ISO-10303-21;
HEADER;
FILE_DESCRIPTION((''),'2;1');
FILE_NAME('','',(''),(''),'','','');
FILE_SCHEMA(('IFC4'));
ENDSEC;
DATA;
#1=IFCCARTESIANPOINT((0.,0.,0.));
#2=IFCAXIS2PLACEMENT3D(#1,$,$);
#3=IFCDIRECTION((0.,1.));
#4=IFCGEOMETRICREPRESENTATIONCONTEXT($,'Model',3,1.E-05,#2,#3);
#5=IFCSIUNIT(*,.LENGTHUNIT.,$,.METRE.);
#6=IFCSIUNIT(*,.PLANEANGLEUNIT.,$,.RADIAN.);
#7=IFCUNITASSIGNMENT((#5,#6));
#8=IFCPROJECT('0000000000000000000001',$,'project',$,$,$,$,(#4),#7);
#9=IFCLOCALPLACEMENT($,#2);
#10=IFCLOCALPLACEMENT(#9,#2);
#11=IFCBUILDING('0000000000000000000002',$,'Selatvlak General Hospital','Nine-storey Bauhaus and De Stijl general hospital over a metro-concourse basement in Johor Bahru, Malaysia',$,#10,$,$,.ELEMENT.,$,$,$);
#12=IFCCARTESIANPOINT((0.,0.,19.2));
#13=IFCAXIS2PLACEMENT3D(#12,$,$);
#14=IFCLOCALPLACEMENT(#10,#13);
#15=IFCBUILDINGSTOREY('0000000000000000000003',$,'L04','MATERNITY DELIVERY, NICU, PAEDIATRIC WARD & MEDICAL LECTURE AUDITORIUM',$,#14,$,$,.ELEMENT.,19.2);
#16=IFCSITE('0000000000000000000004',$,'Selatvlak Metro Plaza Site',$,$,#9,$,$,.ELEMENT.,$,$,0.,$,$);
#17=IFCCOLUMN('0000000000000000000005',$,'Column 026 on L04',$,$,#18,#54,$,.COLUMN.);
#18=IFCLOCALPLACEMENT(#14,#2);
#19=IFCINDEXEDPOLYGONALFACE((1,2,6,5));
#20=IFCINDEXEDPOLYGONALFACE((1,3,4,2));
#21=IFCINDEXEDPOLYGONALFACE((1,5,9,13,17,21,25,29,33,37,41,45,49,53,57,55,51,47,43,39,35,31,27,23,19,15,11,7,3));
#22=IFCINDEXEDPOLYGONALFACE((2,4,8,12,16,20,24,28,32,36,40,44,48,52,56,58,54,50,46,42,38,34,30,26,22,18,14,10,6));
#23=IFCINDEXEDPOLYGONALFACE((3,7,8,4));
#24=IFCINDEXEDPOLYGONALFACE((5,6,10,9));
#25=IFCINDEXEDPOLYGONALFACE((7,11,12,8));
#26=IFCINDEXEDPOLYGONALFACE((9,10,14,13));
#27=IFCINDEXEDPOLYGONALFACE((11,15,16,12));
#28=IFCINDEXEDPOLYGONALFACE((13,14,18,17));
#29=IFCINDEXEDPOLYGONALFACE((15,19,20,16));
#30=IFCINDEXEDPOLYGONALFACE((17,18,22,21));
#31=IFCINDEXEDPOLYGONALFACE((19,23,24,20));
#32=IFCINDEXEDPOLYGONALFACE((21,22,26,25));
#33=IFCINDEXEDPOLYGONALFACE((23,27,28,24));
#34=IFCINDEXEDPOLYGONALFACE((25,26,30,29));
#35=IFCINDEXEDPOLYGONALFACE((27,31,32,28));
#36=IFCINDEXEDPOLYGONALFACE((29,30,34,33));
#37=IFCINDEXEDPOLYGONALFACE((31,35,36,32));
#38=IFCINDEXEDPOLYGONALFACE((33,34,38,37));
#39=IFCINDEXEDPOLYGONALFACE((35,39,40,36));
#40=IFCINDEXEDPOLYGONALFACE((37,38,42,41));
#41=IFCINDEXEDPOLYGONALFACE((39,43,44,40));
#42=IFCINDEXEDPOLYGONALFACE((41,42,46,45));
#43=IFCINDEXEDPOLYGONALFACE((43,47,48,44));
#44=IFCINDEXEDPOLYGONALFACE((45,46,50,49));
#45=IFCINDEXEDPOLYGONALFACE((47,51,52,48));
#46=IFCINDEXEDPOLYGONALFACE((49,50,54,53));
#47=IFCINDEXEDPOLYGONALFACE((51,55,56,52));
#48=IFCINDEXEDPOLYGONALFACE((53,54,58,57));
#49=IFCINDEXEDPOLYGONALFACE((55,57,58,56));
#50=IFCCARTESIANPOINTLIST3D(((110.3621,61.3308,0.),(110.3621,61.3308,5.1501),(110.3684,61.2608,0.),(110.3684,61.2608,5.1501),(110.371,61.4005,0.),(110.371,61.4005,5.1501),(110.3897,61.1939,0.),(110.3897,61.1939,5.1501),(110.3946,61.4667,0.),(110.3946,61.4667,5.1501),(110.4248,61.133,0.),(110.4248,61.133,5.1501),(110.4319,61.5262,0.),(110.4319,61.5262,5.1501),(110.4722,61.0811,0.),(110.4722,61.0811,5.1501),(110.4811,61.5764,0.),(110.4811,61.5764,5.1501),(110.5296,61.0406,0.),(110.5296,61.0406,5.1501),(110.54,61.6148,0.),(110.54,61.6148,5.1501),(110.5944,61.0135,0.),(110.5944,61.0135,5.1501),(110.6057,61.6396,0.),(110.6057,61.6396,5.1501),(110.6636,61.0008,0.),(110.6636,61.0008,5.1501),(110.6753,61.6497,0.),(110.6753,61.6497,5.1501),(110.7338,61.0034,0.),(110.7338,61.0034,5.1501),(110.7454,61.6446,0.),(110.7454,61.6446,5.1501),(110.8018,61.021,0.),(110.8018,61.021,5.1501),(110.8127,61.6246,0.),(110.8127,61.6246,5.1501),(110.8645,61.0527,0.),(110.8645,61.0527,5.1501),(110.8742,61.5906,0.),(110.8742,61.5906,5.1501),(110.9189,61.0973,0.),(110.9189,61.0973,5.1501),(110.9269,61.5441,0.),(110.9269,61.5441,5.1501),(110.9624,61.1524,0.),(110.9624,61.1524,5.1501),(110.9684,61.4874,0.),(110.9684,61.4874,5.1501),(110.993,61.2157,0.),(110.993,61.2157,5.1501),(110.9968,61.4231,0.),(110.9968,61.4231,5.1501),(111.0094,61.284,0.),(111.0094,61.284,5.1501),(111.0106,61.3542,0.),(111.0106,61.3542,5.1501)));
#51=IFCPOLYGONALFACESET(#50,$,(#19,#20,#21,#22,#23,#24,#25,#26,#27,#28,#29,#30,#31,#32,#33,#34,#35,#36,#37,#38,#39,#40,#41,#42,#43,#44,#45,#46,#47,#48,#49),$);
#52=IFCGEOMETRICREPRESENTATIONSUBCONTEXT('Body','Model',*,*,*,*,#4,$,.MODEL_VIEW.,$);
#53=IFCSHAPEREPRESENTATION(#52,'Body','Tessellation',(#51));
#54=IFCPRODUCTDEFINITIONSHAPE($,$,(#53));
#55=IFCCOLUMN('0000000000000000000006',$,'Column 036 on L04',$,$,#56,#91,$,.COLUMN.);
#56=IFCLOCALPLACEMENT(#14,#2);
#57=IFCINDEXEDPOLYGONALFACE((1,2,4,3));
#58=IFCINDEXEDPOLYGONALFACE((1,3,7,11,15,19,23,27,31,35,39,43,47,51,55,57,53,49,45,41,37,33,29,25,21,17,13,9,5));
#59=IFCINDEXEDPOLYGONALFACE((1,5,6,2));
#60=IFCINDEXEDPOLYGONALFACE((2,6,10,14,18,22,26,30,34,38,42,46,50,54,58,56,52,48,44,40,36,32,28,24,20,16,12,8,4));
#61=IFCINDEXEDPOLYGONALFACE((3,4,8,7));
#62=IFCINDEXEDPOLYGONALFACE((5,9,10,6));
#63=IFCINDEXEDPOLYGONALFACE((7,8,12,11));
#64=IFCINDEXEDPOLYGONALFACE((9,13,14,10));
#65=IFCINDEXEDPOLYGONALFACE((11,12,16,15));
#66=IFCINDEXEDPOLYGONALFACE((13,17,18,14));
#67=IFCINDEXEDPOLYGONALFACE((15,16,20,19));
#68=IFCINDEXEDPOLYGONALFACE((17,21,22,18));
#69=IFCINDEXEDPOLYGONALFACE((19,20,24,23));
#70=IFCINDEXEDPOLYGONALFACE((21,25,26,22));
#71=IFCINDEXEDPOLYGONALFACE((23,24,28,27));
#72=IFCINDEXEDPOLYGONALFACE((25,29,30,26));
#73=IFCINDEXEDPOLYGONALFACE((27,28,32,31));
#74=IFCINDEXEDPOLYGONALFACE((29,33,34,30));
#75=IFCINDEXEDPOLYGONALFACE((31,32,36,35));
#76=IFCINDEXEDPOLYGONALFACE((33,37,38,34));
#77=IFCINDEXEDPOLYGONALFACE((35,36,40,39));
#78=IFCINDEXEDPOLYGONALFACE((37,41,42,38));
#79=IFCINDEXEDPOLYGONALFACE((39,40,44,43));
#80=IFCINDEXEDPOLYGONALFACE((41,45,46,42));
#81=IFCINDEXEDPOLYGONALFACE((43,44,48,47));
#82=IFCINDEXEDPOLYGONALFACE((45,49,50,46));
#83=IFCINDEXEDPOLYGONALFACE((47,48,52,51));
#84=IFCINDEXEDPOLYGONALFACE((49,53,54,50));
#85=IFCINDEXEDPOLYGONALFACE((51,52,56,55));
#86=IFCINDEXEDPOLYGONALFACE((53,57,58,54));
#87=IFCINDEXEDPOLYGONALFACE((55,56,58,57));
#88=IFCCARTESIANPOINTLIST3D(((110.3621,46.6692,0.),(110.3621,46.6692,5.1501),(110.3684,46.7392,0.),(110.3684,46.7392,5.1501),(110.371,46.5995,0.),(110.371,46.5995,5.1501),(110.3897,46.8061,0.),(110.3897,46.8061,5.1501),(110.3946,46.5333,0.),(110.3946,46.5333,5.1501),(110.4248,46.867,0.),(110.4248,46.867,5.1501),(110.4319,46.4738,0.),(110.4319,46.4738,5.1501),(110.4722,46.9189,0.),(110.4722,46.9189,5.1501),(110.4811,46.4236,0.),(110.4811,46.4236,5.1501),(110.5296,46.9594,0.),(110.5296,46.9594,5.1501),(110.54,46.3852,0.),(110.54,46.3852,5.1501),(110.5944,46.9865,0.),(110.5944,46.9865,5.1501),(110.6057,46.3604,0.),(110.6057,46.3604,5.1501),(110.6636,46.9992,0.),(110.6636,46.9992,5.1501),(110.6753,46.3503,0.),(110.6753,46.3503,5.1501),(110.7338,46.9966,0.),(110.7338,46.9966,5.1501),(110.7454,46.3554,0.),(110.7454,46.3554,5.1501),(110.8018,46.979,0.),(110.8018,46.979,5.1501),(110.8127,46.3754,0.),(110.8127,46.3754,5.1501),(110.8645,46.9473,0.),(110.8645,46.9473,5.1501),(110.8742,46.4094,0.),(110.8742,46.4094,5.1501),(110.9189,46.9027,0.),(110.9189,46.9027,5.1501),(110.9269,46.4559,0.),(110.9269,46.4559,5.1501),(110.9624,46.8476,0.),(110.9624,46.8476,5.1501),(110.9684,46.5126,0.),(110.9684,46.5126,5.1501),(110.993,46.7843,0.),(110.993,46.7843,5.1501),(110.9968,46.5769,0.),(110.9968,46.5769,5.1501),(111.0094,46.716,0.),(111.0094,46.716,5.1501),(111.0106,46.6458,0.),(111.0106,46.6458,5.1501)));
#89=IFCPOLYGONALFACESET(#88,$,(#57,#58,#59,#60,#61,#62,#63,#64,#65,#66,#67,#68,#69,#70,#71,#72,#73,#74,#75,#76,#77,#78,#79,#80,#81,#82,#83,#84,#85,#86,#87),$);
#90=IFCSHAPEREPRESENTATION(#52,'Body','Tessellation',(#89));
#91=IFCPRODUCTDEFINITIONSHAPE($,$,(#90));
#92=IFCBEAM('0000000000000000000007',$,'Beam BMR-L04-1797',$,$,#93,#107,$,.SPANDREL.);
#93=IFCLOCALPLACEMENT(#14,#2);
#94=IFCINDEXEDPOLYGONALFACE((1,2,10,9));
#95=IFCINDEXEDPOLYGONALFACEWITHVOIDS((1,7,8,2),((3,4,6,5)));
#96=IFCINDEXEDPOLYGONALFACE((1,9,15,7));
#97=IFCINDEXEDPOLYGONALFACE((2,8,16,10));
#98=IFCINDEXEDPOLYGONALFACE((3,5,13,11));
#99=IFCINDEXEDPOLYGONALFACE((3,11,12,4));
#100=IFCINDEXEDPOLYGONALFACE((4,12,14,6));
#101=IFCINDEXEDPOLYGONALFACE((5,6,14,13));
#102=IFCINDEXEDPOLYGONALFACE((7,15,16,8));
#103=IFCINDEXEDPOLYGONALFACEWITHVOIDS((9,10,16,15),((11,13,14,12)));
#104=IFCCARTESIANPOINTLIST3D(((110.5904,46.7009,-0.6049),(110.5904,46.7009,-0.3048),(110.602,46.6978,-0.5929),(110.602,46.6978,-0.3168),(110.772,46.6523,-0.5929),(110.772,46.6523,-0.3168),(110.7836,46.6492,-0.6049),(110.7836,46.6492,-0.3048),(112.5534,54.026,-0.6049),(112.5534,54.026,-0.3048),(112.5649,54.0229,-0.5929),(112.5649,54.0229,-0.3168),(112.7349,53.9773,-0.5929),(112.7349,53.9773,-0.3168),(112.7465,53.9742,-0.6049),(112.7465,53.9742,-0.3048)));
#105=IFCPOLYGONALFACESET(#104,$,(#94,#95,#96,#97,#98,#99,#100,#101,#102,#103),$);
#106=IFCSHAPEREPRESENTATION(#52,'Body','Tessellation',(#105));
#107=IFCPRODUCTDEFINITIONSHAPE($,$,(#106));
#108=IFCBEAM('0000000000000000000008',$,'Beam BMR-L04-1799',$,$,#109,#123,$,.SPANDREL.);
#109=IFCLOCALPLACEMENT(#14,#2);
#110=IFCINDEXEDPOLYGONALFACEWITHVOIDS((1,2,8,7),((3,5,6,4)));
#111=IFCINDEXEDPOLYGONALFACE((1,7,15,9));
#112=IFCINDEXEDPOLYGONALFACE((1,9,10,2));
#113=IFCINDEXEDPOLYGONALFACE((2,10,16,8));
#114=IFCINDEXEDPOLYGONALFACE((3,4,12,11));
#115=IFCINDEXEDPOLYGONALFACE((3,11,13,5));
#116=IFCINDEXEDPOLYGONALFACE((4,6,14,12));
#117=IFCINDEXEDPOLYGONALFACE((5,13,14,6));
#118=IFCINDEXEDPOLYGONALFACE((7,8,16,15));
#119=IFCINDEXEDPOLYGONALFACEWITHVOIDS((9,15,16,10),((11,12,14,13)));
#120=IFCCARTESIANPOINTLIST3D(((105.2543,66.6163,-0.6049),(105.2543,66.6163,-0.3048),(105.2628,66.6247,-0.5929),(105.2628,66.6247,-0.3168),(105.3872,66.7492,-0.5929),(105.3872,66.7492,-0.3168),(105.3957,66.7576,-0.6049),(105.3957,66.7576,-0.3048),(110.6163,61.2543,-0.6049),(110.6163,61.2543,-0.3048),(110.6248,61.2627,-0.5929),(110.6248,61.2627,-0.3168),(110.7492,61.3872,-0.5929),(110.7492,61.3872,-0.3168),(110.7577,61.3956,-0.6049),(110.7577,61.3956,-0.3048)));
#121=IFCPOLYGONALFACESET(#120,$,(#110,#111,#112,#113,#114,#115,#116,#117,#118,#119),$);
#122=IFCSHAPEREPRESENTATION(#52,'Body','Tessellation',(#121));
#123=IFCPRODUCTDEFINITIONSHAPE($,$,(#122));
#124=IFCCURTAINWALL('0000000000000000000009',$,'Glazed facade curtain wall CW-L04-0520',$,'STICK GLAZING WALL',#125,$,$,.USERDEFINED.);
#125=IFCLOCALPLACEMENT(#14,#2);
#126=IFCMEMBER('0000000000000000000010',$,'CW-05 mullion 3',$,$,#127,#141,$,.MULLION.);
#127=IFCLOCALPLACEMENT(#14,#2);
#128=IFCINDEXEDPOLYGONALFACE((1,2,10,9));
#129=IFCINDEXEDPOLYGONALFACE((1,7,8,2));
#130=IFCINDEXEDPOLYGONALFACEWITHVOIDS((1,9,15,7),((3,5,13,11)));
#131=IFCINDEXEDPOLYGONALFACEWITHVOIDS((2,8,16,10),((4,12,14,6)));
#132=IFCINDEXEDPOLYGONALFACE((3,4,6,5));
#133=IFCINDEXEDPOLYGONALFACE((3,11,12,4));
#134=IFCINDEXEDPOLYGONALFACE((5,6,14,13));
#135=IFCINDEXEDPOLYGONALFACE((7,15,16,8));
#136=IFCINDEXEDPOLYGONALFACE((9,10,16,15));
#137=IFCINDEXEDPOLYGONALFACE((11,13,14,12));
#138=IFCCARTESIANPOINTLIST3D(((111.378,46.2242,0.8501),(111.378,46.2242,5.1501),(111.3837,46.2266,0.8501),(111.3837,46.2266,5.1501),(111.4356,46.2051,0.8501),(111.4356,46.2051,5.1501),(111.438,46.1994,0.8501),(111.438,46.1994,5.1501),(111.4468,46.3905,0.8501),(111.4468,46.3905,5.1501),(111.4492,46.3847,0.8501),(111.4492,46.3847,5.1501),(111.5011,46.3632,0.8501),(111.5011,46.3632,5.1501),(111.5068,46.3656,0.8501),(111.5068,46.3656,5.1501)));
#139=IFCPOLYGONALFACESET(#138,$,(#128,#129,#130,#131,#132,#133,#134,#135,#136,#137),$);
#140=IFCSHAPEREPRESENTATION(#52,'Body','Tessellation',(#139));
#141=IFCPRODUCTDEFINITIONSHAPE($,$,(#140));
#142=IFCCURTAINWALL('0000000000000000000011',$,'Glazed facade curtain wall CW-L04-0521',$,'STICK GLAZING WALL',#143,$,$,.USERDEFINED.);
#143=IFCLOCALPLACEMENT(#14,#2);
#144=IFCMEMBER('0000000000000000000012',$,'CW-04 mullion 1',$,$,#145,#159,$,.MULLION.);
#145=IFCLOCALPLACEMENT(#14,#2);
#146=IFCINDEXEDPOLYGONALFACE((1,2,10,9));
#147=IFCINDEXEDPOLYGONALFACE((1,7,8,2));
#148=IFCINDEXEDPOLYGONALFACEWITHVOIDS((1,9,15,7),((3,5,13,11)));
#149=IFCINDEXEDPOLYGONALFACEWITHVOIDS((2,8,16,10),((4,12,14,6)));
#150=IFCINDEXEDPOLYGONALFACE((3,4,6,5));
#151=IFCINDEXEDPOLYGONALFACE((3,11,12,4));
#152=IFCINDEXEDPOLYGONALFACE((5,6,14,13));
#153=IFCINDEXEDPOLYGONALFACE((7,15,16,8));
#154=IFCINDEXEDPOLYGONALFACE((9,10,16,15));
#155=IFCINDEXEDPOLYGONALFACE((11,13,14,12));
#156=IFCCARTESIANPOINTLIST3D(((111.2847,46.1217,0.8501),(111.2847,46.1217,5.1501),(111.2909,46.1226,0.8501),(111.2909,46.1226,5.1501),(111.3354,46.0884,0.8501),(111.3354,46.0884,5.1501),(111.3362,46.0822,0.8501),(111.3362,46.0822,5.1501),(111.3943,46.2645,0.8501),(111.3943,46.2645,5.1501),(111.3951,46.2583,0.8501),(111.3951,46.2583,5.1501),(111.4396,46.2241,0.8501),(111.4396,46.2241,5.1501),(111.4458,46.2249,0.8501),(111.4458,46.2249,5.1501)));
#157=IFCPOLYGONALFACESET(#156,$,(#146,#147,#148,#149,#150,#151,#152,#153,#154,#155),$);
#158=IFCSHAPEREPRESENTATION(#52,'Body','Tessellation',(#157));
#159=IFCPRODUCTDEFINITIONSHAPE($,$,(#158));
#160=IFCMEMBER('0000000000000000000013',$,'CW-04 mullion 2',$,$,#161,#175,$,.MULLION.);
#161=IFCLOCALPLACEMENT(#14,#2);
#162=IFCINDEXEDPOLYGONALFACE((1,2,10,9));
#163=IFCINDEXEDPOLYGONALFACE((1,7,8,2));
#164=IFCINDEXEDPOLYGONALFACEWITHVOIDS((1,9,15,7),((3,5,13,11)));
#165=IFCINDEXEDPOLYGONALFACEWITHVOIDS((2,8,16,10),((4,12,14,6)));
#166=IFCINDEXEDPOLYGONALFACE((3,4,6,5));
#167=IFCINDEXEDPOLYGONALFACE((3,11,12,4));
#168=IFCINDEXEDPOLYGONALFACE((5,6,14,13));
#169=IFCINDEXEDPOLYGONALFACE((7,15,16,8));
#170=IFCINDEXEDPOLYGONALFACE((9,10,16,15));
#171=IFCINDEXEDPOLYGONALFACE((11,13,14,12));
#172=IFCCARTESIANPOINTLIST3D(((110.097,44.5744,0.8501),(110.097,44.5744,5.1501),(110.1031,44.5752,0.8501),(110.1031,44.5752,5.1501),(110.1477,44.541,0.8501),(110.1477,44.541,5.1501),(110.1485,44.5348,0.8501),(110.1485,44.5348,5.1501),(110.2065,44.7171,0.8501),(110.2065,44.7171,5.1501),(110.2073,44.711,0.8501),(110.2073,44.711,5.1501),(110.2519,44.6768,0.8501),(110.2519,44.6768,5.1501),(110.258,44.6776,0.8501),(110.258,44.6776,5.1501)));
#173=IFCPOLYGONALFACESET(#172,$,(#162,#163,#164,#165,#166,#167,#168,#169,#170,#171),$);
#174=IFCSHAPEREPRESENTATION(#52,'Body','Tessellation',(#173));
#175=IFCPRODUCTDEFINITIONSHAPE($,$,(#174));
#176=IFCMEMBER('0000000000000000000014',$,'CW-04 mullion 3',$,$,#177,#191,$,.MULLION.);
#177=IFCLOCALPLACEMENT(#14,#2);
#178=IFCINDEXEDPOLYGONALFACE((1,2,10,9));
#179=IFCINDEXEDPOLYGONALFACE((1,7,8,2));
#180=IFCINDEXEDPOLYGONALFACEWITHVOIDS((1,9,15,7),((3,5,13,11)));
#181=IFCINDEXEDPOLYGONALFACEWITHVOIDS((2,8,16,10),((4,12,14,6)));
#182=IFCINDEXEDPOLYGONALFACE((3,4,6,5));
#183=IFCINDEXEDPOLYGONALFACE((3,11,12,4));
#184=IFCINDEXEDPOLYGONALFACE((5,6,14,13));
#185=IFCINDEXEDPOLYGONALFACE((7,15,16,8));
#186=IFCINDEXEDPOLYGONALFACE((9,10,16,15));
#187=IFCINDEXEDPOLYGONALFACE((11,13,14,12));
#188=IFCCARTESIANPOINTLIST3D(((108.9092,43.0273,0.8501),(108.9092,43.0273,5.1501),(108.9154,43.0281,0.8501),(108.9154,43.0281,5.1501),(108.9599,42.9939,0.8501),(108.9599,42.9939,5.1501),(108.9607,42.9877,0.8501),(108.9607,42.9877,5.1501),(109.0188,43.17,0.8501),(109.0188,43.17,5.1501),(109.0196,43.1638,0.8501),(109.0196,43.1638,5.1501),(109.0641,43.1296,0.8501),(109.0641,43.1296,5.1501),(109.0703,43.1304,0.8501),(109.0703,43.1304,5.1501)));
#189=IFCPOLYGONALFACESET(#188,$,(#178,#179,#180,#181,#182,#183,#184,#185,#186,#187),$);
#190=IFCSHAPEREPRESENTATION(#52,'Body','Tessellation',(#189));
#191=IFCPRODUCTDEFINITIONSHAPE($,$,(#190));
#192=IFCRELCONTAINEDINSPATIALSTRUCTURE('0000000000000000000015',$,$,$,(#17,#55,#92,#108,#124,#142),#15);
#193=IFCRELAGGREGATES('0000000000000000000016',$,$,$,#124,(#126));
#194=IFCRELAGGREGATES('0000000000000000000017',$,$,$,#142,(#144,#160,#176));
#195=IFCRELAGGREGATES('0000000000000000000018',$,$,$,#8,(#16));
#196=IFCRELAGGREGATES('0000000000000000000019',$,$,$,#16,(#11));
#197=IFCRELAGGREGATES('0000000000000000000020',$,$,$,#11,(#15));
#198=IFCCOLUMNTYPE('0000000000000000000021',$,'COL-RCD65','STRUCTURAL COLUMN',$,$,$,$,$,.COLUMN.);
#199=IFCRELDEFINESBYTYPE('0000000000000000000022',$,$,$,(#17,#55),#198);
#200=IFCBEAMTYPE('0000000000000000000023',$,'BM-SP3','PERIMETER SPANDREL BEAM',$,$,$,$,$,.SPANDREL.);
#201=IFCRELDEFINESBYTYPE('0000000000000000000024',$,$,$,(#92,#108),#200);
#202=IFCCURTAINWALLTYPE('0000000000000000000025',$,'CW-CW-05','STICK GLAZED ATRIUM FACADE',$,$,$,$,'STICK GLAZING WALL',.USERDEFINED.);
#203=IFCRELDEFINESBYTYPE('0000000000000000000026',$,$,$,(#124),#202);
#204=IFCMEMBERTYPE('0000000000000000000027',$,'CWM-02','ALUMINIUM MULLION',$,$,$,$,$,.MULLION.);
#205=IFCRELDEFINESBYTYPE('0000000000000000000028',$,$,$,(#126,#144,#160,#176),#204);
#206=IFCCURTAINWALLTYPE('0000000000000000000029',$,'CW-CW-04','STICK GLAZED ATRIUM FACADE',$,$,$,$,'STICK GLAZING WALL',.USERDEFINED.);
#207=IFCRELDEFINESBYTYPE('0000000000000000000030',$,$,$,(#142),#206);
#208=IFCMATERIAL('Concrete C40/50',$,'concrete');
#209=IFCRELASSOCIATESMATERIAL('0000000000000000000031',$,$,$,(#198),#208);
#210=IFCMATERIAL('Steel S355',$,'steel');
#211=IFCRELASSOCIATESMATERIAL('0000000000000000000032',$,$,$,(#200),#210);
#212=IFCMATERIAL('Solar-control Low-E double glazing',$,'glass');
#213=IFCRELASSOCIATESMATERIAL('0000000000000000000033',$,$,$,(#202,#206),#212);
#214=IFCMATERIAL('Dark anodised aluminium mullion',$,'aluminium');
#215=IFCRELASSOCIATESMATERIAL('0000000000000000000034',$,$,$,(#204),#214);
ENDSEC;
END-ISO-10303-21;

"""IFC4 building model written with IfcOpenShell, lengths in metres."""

from ifc_helpers import new_model, si_unit, direction, frame, origin, origin_2d, place, context, subcontext, project, spatial, hollow_rectangle, circle, extrude, material, material_profile, profile_set, type_object, element, aggregate, save


model = new_model("IFC4")

# Units and contexts
model_context = context("Model", 3, precision=1e-05, world=origin(), true_north=direction((0.0, 1.0)))
body_context = subcontext(model_context, "Body", "Model", "MODEL_VIEW")
ifc_project = project(units=[si_unit("LENGTHUNIT", "METRE"), si_unit("PLANEANGLEUNIT", "RADIAN")], contexts=[model_context])

# Site, building, storey
site_placement = place(None, origin())
site = spatial("IfcSite", under=ifc_project, at=site_placement, Name="Selatvlak Metro Plaza Site", CompositionType="ELEMENT", RefElevation=0.0)
building_placement = place(site_placement, origin())
building = spatial("IfcBuilding", under=site, at=building_placement, Name="Selatvlak General Hospital", Description="Nine-storey Bauhaus and De Stijl general hospital over a metro-concourse basement in Johor Bahru, Malaysia", CompositionType="ELEMENT")
storey_placement = place(building_placement, frame((0.0, 0.0, 19.2)))
storey = spatial("IfcBuildingStorey", under=building, at=storey_placement, Name="L04", Description="MATERNITY DELIVERY, NICU, PAEDIATRIC WARD & MEDICAL LECTURE AUDITORIUM", CompositionType="ELEMENT", Elevation=19.2)

# Columns
ifc_material_1 = material(Name="Concrete C40/50", Category="concrete")
ifc_material_profile_1 = material_profile(ifc_material_1, circle(Radius=0.325, at=origin_2d()), Name="RC-COL D650")
ifc_profile_set_1 = profile_set([ifc_material_profile_1], Name="Concrete C40/50")
column_type = type_object("IfcColumnType", Name="COL-RCD65", Description="STRUCTURAL COLUMN", PredefinedType="COLUMN", material=ifc_profile_set_1)
for number, where, z_axis, x_axis, name in (
    (1, (110.687, 61.325, 0.0), (0.0, 0.0, 1.0), (0.866025, 0.5, 0.0), "Column 026 on L04"),
    (2, (110.687, 46.675, 0.0), (0.0, 0.0, 1.0), (0.866025, -0.5, 0.0), "Column 036 on L04"),
):
    element("IfcColumn", number, at=place(storey_placement, frame(where, z_axis=z_axis, x_axis=x_axis)), inside=storey, type_object=column_type, Name=name, PredefinedType="COLUMN", context=body_context, shape_type="SweptSolid", body=[
        extrude(circle(Radius=0.325, at=origin_2d()), origin(), (0.0, 0.0, 1.0), 5.1501),
    ])

# Beams
ifc_material_2 = material(Name="Steel S355", Category="steel")
ifc_material_profile_2 = material_profile(ifc_material_2, hollow_rectangle(XDim=0.2, YDim=0.3, WallThickness=0.012, at=origin_2d()), Name="RHS 300x200x12")
ifc_profile_set_2 = profile_set([ifc_material_profile_2], Name="Steel S355")
beam_type = type_object("IfcBeamType", Name="BM-SP3", Description="PERIMETER SPANDREL BEAM", PredefinedType="SPANDREL", material=ifc_profile_set_2)
beam_1_placement = place(storey_placement, frame((110.687, 46.675, -0.4548), z_axis=(0.258841, 0.96592, 0.0), x_axis=(-0.96592, 0.258841, 0.0)))
element("IfcBeam", 3, at=beam_1_placement, inside=storey, type_object=beam_type, Name="Beam BMR-L04-1797", PredefinedType="SPANDREL", context=body_context, shape_type="SweptSolid", body=[
    extrude(hollow_rectangle(XDim=0.2, YDim=0.3, WallThickness=0.012, at=origin_2d()), origin(), (0.0, 0.0, 1.0), 7.5835),
])
beam_2_placement = place(storey_placement, frame((110.687, 61.325, -0.4548), z_axis=(-0.707107, 0.707107, 0.0), x_axis=(-0.707107, -0.707107, 0.0)))
element("IfcBeam", 4, at=beam_2_placement, inside=storey, type_object=beam_type, Name="Beam BMR-L04-1799", PredefinedType="SPANDREL", context=body_context, shape_type="SweptSolid", body=[
    extrude(hollow_rectangle(XDim=0.2, YDim=0.3, WallThickness=0.012, at=origin_2d()), origin(), (0.0, 0.0, 1.0), 7.583),
])

# Curtain wall, member
ifc_material_3 = material(Name="Solar-control Low-E double glazing", Category="glass")
curtain_wall_type_1 = type_object("IfcCurtainWallType", Name="CW-CW-05", Description="STICK GLAZED ATRIUM FACADE", ElementType="STICK GLAZING WALL", PredefinedType="USERDEFINED", material=ifc_material_3)
curtain_wall_1_placement = place(storey_placement, origin())
curtain_wall_1 = element("IfcCurtainWall", 5, at=curtain_wall_1_placement, inside=storey, type_object=curtain_wall_type_1, Name="Glazed facade curtain wall CW-L04-0520", ObjectType="STICK GLAZING WALL", PredefinedType="USERDEFINED")
ifc_material_4 = material(Name="Dark anodised aluminium mullion", Category="aluminium")
ifc_material_profile_3 = material_profile(ifc_material_4, hollow_rectangle(XDim=0.0649, YDim=0.1799, WallThickness=0.0044, at=origin_2d()), Name="AL-MUL 65x180x4.5")
ifc_profile_set_3 = profile_set([ifc_material_profile_3], Name="Dark anodised aluminium mullion")
member_type_1 = type_object("IfcMemberType", Name="CWM-02", Description="ALUMINIUM MULLION", PredefinedType="MULLION", material=ifc_profile_set_3)
member_1_placement = place(storey_placement, frame((111.4424, 46.2949, 0.8501), z_axis=(0.0, 0.0, 1.0), x_axis=(0.92394, -0.382537, 0.0)))
member_1 = element("IfcMember", 6, at=member_1_placement, type_object=member_type_1, Name="CW-05 mullion 3", PredefinedType="MULLION", context=body_context, shape_type="SweptSolid", body=[
    extrude(hollow_rectangle(XDim=0.0649, YDim=0.1799, WallThickness=0.0044, at=origin_2d()), origin(), (0.0, 0.0, 1.0), 4.3),
])
aggregate(curtain_wall_1, [member_1])

# Curtain wall, members
curtain_wall_type_2 = type_object("IfcCurtainWallType", Name="CW-CW-04", Description="STICK GLAZED ATRIUM FACADE", ElementType="STICK GLAZING WALL", PredefinedType="USERDEFINED", material=ifc_material_3)
curtain_wall_2_placement = place(storey_placement, origin())
curtain_wall_2 = element("IfcCurtainWall", 7, at=curtain_wall_2_placement, inside=storey, type_object=curtain_wall_type_2, Name="Glazed facade curtain wall CW-L04-0521", ObjectType="STICK GLAZING WALL", PredefinedType="USERDEFINED")
member_2_placement = place(storey_placement, frame((111.3652, 46.1733, 0.8501), z_axis=(0.0, 0.0, 1.0), x_axis=(0.793233, -0.608918, 0.0)))
member_2 = element("IfcMember", 8, at=member_2_placement, type_object=member_type_1, Name="CW-04 mullion 1", PredefinedType="MULLION", context=body_context, shape_type="SweptSolid", body=[
    extrude(hollow_rectangle(XDim=0.0649, YDim=0.1799, WallThickness=0.0044, at=origin_2d()), origin(), (0.0, 0.0, 1.0), 4.3),
])
member_3_placement = place(storey_placement, frame((110.1775, 44.626, 0.8501), z_axis=(0.0, 0.0, 1.0), x_axis=(0.793233, -0.608918, 0.0)))
member_3 = element("IfcMember", 9, at=member_3_placement, type_object=member_type_1, Name="CW-04 mullion 2", PredefinedType="MULLION", context=body_context, shape_type="SweptSolid", body=[
    extrude(hollow_rectangle(XDim=0.0649, YDim=0.1799, WallThickness=0.0044, at=origin_2d()), origin(), (0.0, 0.0, 1.0), 4.3),
])
member_4_placement = place(storey_placement, frame((108.9897, 43.0789, 0.8501), z_axis=(0.0, 0.0, 1.0), x_axis=(0.793233, -0.608918, 0.0)))
member_4 = element("IfcMember", 10, at=member_4_placement, type_object=member_type_1, Name="CW-04 mullion 3", PredefinedType="MULLION", context=body_context, shape_type="SweptSolid", body=[
    extrude(hollow_rectangle(XDim=0.0649, YDim=0.1799, WallThickness=0.0044, at=origin_2d()), origin(), (0.0, 0.0, 1.0), 4.3),
])

aggregate(curtain_wall_2, [member_2, member_3, member_4])

save(model, "model.ifc")
